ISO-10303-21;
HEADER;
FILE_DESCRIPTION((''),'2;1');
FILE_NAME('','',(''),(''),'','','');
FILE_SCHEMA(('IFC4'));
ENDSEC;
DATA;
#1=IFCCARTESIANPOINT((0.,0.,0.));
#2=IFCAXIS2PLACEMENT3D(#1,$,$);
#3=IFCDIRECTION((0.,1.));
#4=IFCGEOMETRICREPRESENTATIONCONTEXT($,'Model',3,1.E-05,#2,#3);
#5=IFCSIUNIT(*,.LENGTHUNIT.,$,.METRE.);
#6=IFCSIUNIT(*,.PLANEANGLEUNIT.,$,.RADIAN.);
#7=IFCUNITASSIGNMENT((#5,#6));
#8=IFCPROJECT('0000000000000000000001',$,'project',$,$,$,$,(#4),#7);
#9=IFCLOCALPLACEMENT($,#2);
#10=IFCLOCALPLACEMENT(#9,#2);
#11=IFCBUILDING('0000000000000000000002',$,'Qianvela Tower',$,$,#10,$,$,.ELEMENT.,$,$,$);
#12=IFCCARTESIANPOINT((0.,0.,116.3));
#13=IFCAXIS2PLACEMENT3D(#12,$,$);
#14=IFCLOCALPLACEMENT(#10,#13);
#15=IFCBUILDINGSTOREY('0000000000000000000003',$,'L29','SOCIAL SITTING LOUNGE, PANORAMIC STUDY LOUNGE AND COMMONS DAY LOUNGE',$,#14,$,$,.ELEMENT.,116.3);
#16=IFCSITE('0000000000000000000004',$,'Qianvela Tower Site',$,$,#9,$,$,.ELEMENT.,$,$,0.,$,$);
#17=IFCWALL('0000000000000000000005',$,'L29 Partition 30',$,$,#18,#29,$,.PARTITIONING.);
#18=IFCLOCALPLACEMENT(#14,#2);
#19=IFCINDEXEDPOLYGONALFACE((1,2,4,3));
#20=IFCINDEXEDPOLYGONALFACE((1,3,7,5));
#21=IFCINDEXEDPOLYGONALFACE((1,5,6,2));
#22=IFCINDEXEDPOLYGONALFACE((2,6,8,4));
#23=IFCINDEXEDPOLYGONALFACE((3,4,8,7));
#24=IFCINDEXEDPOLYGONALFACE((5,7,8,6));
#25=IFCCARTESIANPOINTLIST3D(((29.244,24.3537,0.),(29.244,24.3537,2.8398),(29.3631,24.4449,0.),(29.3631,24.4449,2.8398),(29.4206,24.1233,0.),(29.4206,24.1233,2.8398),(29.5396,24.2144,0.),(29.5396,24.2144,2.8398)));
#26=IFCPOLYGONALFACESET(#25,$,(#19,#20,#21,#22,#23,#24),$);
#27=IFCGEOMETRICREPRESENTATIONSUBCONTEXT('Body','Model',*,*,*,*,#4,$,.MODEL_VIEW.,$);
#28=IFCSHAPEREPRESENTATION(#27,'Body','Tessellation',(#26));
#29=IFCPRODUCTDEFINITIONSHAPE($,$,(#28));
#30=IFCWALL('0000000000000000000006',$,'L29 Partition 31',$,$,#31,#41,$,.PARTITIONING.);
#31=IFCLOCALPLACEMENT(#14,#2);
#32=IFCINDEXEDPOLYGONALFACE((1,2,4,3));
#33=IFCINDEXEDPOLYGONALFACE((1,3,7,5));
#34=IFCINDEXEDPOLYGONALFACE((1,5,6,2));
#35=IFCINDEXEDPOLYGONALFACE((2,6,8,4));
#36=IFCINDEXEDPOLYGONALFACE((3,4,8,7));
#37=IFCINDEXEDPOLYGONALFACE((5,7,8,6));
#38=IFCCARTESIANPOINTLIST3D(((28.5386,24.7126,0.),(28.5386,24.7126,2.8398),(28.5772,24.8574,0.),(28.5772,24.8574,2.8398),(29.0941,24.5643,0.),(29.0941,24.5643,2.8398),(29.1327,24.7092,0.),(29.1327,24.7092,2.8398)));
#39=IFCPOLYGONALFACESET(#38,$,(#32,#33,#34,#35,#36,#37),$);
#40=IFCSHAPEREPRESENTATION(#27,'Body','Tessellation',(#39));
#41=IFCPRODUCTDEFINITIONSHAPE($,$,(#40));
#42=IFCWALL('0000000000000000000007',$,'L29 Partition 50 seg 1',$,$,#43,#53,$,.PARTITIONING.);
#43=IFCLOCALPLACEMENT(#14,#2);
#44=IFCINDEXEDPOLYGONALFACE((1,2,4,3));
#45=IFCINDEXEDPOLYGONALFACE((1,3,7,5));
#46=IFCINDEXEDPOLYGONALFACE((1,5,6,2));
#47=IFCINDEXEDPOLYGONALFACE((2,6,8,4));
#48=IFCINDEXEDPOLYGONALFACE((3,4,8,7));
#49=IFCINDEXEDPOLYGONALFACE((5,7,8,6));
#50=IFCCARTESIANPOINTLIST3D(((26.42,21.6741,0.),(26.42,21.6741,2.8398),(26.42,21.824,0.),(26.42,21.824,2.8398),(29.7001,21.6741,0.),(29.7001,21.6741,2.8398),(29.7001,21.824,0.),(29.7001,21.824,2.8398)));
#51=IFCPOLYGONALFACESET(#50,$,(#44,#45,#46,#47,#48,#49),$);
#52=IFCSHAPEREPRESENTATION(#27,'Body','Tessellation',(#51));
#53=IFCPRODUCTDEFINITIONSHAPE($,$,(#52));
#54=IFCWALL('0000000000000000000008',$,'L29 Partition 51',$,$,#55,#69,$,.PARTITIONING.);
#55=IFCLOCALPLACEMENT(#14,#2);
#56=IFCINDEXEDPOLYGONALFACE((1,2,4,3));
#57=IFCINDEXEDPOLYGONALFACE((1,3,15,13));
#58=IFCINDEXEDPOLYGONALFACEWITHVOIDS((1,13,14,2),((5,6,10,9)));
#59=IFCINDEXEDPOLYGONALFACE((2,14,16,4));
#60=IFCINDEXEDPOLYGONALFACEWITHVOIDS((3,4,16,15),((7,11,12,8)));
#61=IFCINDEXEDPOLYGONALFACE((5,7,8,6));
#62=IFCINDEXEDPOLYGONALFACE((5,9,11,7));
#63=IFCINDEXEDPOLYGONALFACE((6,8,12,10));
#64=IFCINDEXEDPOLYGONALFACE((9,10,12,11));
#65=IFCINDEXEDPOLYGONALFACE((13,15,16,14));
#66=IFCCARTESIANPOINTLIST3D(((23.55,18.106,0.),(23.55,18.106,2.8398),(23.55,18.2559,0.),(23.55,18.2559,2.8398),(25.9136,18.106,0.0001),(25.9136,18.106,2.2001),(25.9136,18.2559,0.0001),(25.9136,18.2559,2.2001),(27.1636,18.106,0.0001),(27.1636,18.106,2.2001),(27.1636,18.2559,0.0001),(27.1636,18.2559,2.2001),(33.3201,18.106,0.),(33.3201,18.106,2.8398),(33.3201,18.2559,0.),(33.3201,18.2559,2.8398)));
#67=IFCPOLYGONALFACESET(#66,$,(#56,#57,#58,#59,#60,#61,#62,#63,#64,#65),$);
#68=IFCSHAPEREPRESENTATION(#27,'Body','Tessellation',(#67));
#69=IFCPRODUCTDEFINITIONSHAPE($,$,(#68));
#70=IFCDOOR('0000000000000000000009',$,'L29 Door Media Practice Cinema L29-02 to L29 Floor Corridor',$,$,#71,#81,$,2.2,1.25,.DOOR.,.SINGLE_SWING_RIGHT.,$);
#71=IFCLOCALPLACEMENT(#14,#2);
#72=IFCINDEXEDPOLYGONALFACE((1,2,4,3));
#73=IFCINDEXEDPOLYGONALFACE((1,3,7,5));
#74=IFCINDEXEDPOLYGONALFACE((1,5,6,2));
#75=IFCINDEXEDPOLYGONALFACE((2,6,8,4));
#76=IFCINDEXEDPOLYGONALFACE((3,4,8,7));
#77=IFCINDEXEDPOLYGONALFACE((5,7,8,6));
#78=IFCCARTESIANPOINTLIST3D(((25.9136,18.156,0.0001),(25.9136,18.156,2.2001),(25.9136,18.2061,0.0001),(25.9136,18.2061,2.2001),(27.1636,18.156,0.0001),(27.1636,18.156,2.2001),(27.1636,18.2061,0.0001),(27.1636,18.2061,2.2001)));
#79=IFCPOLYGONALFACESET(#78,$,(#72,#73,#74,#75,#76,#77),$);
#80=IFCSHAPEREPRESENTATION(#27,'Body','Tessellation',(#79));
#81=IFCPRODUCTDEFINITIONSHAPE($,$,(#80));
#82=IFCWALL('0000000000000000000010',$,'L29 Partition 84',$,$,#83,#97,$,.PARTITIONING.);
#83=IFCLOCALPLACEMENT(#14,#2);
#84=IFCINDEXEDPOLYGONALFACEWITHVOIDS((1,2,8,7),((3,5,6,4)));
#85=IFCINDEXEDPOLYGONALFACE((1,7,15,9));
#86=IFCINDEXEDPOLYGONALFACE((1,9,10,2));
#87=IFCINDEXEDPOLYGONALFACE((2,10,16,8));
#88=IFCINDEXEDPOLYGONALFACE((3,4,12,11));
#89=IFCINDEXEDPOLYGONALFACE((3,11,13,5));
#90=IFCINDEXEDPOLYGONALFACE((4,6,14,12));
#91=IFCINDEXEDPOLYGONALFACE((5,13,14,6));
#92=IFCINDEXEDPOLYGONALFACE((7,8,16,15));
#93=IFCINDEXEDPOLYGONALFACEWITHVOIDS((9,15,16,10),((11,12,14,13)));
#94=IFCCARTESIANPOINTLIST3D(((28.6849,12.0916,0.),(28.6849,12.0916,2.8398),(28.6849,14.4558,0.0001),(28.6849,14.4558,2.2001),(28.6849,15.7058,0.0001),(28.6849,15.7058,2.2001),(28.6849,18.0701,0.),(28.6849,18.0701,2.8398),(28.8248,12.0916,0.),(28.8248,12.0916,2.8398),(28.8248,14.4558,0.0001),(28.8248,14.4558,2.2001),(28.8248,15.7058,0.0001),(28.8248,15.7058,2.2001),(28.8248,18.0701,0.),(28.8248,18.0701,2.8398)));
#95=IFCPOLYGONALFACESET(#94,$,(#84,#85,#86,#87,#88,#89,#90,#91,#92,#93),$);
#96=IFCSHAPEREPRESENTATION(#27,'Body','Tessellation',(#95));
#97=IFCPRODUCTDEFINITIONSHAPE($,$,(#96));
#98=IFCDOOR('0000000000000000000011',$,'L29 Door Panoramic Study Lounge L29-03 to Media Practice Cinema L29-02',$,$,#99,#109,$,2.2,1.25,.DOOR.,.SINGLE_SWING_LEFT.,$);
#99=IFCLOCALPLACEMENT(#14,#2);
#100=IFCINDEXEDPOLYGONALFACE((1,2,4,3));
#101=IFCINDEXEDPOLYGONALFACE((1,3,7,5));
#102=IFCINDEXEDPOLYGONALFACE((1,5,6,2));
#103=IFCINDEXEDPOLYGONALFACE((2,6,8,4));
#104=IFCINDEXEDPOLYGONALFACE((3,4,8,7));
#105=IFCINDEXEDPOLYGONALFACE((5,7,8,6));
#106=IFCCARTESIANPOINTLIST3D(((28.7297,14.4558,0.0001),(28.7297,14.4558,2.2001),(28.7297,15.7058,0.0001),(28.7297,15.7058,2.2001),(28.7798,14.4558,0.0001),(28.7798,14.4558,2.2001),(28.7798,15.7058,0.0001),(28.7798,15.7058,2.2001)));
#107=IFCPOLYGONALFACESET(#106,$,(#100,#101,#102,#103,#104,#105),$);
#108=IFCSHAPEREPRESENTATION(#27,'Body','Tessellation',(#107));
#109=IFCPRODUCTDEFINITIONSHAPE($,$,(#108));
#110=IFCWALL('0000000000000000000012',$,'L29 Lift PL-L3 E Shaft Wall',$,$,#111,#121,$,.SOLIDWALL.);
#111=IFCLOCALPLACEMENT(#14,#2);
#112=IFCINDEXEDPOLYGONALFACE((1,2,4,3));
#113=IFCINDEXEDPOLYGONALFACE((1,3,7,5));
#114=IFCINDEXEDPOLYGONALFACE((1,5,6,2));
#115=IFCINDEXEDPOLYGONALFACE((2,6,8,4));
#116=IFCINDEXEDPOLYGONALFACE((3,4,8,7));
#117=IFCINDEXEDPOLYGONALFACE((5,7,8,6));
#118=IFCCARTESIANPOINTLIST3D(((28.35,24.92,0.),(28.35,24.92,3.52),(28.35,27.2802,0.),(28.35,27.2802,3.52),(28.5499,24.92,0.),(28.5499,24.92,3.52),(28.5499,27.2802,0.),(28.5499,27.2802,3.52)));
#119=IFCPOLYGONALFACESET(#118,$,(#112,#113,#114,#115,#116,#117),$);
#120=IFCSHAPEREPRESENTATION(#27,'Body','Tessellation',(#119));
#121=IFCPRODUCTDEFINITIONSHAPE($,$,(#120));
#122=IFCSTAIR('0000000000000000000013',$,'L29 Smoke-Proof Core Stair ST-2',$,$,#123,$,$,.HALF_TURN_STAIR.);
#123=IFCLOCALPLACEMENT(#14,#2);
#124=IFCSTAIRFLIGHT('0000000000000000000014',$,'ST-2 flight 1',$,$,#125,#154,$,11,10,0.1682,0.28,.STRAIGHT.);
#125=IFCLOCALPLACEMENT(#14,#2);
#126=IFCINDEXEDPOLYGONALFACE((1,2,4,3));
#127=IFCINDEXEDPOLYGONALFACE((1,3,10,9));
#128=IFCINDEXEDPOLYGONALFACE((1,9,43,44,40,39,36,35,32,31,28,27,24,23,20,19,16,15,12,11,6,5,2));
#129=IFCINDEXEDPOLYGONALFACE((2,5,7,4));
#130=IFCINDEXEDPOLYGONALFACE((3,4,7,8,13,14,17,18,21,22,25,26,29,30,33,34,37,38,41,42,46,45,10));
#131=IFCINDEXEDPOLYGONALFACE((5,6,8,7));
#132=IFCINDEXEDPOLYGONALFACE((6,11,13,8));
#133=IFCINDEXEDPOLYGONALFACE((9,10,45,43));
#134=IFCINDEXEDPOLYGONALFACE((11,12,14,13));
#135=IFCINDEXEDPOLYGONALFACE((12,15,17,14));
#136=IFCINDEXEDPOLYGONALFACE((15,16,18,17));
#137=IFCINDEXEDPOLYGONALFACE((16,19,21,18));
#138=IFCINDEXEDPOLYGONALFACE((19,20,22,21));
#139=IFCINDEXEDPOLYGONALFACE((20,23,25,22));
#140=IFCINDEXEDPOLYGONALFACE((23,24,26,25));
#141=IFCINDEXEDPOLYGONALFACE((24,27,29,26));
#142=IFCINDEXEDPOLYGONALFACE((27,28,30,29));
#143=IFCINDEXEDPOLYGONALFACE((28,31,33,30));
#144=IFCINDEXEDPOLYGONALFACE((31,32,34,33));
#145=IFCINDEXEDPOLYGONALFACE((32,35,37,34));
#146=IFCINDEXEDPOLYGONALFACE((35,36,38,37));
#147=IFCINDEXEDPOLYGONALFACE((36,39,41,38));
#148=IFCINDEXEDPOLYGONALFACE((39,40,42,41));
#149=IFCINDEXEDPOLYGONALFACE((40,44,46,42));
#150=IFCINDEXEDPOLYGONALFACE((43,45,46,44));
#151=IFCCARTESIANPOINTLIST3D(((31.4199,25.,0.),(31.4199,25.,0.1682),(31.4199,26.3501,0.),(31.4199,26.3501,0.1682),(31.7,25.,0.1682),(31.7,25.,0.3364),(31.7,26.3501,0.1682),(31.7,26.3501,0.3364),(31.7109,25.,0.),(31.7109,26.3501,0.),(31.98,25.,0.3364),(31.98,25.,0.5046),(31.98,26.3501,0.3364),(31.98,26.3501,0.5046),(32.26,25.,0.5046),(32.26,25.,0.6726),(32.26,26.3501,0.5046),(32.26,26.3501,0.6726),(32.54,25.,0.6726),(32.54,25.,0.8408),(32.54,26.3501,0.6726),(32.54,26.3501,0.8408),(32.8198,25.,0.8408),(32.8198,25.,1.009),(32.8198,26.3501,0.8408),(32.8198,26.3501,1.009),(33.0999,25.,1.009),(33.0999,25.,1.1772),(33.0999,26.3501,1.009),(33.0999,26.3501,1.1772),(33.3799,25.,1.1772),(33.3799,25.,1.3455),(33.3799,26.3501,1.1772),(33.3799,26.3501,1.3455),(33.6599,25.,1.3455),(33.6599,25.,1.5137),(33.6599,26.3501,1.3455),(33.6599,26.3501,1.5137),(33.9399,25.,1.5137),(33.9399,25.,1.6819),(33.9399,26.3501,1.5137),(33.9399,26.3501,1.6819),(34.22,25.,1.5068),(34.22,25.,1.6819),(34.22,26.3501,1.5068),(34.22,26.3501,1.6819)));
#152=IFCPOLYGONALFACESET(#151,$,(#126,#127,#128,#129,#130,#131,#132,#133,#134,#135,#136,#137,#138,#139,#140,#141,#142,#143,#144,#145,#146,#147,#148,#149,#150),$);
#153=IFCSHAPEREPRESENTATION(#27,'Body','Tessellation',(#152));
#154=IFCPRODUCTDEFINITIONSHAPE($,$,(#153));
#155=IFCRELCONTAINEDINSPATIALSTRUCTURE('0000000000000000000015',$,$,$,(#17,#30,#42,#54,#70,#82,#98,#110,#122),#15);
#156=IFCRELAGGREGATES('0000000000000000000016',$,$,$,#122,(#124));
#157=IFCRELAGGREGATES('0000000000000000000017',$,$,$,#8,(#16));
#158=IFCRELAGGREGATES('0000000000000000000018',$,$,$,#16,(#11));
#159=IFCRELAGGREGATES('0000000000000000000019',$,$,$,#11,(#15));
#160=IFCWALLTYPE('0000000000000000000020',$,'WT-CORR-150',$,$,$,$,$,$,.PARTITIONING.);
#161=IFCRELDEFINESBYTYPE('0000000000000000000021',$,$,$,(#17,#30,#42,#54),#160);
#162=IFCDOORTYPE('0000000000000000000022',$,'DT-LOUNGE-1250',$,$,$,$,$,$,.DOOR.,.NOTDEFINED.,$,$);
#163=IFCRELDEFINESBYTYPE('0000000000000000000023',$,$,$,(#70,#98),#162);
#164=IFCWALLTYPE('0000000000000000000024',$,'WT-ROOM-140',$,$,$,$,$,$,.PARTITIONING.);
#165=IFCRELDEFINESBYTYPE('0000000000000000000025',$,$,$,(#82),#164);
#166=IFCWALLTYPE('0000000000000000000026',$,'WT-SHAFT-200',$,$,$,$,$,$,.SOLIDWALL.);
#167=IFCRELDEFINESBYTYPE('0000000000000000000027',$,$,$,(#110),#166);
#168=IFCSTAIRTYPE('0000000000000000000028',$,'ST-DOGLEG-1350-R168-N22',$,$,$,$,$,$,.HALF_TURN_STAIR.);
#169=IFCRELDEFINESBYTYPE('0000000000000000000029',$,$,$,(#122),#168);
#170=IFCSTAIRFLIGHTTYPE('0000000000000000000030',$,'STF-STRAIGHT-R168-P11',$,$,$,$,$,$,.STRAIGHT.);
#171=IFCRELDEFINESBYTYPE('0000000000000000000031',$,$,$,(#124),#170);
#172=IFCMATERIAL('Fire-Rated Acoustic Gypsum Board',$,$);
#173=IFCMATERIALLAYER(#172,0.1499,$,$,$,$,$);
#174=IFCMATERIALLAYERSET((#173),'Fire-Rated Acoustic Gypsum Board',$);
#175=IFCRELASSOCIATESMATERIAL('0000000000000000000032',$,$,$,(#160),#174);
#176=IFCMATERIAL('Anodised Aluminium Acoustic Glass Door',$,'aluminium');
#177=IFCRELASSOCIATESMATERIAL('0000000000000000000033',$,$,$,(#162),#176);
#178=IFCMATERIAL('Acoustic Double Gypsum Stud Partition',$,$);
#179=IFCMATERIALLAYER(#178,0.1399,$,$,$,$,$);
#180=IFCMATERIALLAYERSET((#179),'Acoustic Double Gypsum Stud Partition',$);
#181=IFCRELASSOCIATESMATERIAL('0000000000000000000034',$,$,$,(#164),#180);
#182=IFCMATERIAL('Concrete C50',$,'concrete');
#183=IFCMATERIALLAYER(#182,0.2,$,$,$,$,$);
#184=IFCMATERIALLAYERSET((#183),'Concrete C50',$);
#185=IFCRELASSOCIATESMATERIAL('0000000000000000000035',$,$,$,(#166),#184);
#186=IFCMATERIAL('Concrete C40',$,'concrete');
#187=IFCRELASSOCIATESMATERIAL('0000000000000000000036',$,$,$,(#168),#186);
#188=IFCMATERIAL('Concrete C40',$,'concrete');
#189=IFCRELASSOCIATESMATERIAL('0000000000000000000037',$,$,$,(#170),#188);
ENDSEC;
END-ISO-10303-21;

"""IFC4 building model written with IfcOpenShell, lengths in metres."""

from ifc_helpers import new_model, si_unit, direction, frame, frame_2d, origin, place, context, subcontext, project, spatial, polyline, rectangle, outline, extrude, material, layer, layer_set, type_object, element, fill, aggregate, save


model = new_model("IFC4")

# Units and contexts
model_context = context("Model", 3, precision=1e-05, world=origin(), true_north=direction((0.0, 1.0)))
body_context = subcontext(model_context, "Body", "Model", "MODEL_VIEW")
ifc_project = project(units=[si_unit("LENGTHUNIT", "METRE"), si_unit("PLANEANGLEUNIT", "RADIAN")], contexts=[model_context])

# Site, building, storey
site_placement = place(None, origin())
site = spatial("IfcSite", under=ifc_project, at=site_placement, Name="Qianvela Tower Site", CompositionType="ELEMENT", RefElevation=0.0)
building_placement = place(site_placement, origin())
building = spatial("IfcBuilding", under=site, at=building_placement, Name="Qianvela Tower", CompositionType="ELEMENT")
storey_placement = place(building_placement, frame((0.0, 0.0, 116.3)))
storey = spatial("IfcBuildingStorey", under=building, at=storey_placement, Name="L29", Description="SOCIAL SITTING LOUNGE, PANORAMIC STUDY LOUNGE AND COMMONS DAY LOUNGE", CompositionType="ELEMENT", Elevation=116.3)

# Shared definitions
ifc_material_1 = material(Name="Fire-Rated Acoustic Gypsum Board")
ifc_layer_1 = layer(ifc_material_1, 0.1499)
ifc_layer_set_1 = layer_set([ifc_layer_1], Name="Fire-Rated Acoustic Gypsum Board")
wall_type_1 = type_object("IfcWallType", Name="WT-CORR-150", PredefinedType="PARTITIONING", material=ifc_layer_set_1)

# Walls
wall_1_placement = place(storey_placement, frame((29.48, 24.1689, 0.0), z_axis=(0.0, 0.0, 1.0), x_axis=(-0.608043, 0.793904, 0.0)))
element("IfcWall", 1, at=wall_1_placement, inside=storey, type_object=wall_type_1, Name="L29 Partition 30", PredefinedType="PARTITIONING", context=body_context, shape_type="SweptSolid", body=[
    extrude(rectangle(XDim=0.2903, YDim=0.1499, at=frame_2d((0.145, 0.0))), origin(), (0.0, 0.0, 1.0), 2.8398),
])
wall_2_placement = place(storey_placement, frame((29.1135, 24.6367, 0.0), z_axis=(0.0, 0.0, 1.0), x_axis=(-0.9662, 0.257795, 0.0)))
element("IfcWall", 2, at=wall_2_placement, inside=storey, type_object=wall_type_1, Name="L29 Partition 31", PredefinedType="PARTITIONING", context=body_context, shape_type="SweptSolid", body=[
    extrude(rectangle(XDim=0.575, YDim=0.1499, at=frame_2d((0.2876, 0.0))), origin(), (0.0, 0.0, 1.0), 2.8398),
])
wall_3_placement = place(storey_placement, frame((26.4199, 21.749, 0.0), z_axis=(0.0, 0.0, 1.0), x_axis=(1.0, 0.0, 0.0)))
element("IfcWall", 3, at=wall_3_placement, inside=storey, type_object=wall_type_1, Name="L29 Partition 50 seg 1", PredefinedType="PARTITIONING", context=body_context, shape_type="SweptSolid", body=[
    extrude(rectangle(XDim=3.28, YDim=0.1499, at=frame_2d((1.6401, 0.0))), origin(), (0.0, 0.0, 1.0), 2.8398),
])

# Walls, openings, doors
wall_4_placement = place(storey_placement, frame((33.3201, 18.1809, 0.0), z_axis=(0.0, 0.0, 1.0), x_axis=(-1.0, 0.0, 0.0)))
wall_4 = element("IfcWall", 4, at=wall_4_placement, inside=storey, type_object=wall_type_1, Name="L29 Partition 51", PredefinedType="PARTITIONING", context=body_context, shape_type="SweptSolid", body=[
    extrude(rectangle(XDim=9.77, YDim=0.1499, at=frame_2d((4.885, 0.0))), origin(), (0.0, 0.0, 1.0), 2.8398),
])
opening_1_placement = place(wall_4_placement, frame((6.1565, 0.0, 0.0)))
opening_1 = element("IfcOpeningElement", 5, at=opening_1_placement, cuts=wall_4, PredefinedType="OPENING", context=body_context, shape_type="SweptSolid", body=[
    extrude(rectangle(XDim=1.25, YDim=2.2, at=frame_2d((0.625, 1.1001))), frame((0.0, 0.085, 0.0), z_axis=(0.0, -1.0, 0.0), x_axis=(1.0, 0.0, 0.0)), (0.0, 0.0, 1.0), 0.1699),
])
ifc_material_2 = material(Name="Anodised Aluminium Acoustic Glass Door", Category="aluminium")
door_type_1 = type_object("IfcDoorType", Name="DT-LOUNGE-1250", OperationType="NOTDEFINED", PredefinedType="DOOR", material=ifc_material_2)
door_1_placement = place(opening_1_placement, origin())
door_1 = element("IfcDoor", 6, at=door_1_placement, inside=storey, type_object=door_type_1, Name="L29 Door Media Practice Cinema L29-02 to L29 Floor Corridor", OperationType="SINGLE_SWING_RIGHT", OverallHeight=2.2, OverallWidth=1.25, PredefinedType="DOOR", context=body_context, shape_type="SweptSolid", body=[
    extrude(rectangle(XDim=1.25, YDim=2.2, at=frame_2d((0.625, 1.1001))), frame((0.0, 0.0249, 0.0), z_axis=(0.0, -1.0, 0.0), x_axis=(1.0, 0.0, 0.0)), (0.0, 0.0, 1.0), 0.05),
])
fill(opening_1, door_1)
ifc_material_3 = material(Name="Acoustic Double Gypsum Stud Partition")
ifc_layer_2 = layer(ifc_material_3, 0.1399)
ifc_layer_set_2 = layer_set([ifc_layer_2], Name="Acoustic Double Gypsum Stud Partition")
wall_type_2 = type_object("IfcWallType", Name="WT-ROOM-140", PredefinedType="PARTITIONING", material=ifc_layer_set_2)
wall_5_placement = place(storey_placement, frame((28.7549, 18.0701, 0.0), z_axis=(0.0, 0.0, 1.0), x_axis=(0.0, -1.0, 0.0)))
wall_5 = element("IfcWall", 7, at=wall_5_placement, inside=storey, type_object=wall_type_2, Name="L29 Partition 84", PredefinedType="PARTITIONING", context=body_context, shape_type="SweptSolid", body=[
    extrude(rectangle(XDim=5.9785, YDim=0.1399, at=frame_2d((2.9893, 0.0))), origin(), (0.0, 0.0, 1.0), 2.8398),
])
opening_2_placement = place(wall_5_placement, frame((2.3643, 0.0, 0.0)))
opening_2 = element("IfcOpeningElement", 8, at=opening_2_placement, cuts=wall_5, PredefinedType="OPENING", context=body_context, shape_type="SweptSolid", body=[
    extrude(rectangle(XDim=1.25, YDim=2.2, at=frame_2d((0.625, 1.1001))), frame((0.0, 0.0798, 0.0), z_axis=(0.0, -1.0, 0.0), x_axis=(1.0, 0.0, 0.0)), (0.0, 0.0, 1.0), 0.1599),
])
door_2_placement = place(opening_2_placement, origin())
door_2 = element("IfcDoor", 9, at=door_2_placement, inside=storey, type_object=door_type_1, Name="L29 Door Panoramic Study Lounge L29-03 to Media Practice Cinema L29-02", OperationType="SINGLE_SWING_LEFT", OverallHeight=2.2, OverallWidth=1.25, PredefinedType="DOOR", context=body_context, shape_type="SweptSolid", body=[
    extrude(rectangle(XDim=1.25, YDim=2.2, at=frame_2d((0.625, 1.1001))), frame((0.0, 0.0249, 0.0), z_axis=(0.0, -1.0, 0.0), x_axis=(1.0, 0.0, 0.0)), (0.0, 0.0, 1.0), 0.05),
])
fill(opening_2, door_2)

# Wall
ifc_material_4 = material(Name="Concrete C50", Category="concrete")
ifc_layer_3 = layer(ifc_material_4, 0.2)
ifc_layer_set_3 = layer_set([ifc_layer_3], Name="Concrete C50")
wall_type_3 = type_object("IfcWallType", Name="WT-SHAFT-200", PredefinedType="SOLIDWALL", material=ifc_layer_set_3)
wall_6_placement = place(storey_placement, frame((28.45, 24.9199, 0.0), z_axis=(0.0, 0.0, 1.0), x_axis=(0.0, 1.0, 0.0)))
element("IfcWall", 10, at=wall_6_placement, inside=storey, type_object=wall_type_3, Name="L29 Lift PL-L3 E Shaft Wall", PredefinedType="SOLIDWALL", context=body_context, shape_type="SweptSolid", body=[
    extrude(rectangle(XDim=2.3601, YDim=0.2, at=frame_2d((1.1802, 0.0))), origin(), (0.0, 0.0, 1.0), 3.52),
])

# Stair, stair flight
ifc_material_5 = material(Name="Concrete C40", Category="concrete")
stair_type = type_object("IfcStairType", Name="ST-DOGLEG-1350-R168-N22", PredefinedType="HALF_TURN_STAIR", material=ifc_material_5)
stair_placement = place(storey_placement, origin())
stair = element("IfcStair", 11, at=stair_placement, inside=storey, type_object=stair_type, Name="L29 Smoke-Proof Core Stair ST-2", PredefinedType="HALF_TURN_STAIR")
ifc_material_6 = material(Name="Concrete C40", Category="concrete")
stair_flight_type = type_object("IfcStairFlightType", Name="STF-STRAIGHT-R168-P11", PredefinedType="STRAIGHT", material=ifc_material_6)
stair_flight_placement = place(storey_placement, frame((31.4199, 25.675, 0.0), z_axis=(0.0, 0.0, 1.0), x_axis=(1.0, 0.0, 0.0)))
stair_flight = element("IfcStairFlight", 12, at=stair_flight_placement, type_object=stair_flight_type, Name="ST-2 flight 1", NumberOfRisers=11, NumberOfTreads=10, PredefinedType="STRAIGHT", RiserHeight=0.1682, TreadLength=0.28, context=body_context, shape_type="SweptSolid", body=[
    extrude(outline(polyline([(0.0, 0.0), (0.0, 0.1682), (0.28, 0.1682), (0.28, 0.3364), (0.5601, 0.3364), (0.5601, 0.5046), (0.8401, 0.5046), (0.8401, 0.6726), (1.1201, 0.6726), (1.1201, 0.8408), (1.3999, 0.8408), (1.3999, 1.009), (1.6799, 1.009), (1.6799, 1.1772), (1.96, 1.1772), (1.96, 1.3455), (2.24, 1.3455), (2.24, 1.5137), (2.52, 1.5137), (2.52, 1.6819), (2.8, 1.6819), (2.8, 1.8501), (2.8, 1.5068), (0.291, 0.0), (0.0, 0.0)])), frame((0.0, 0.675, 0.0), z_axis=(0.0, -1.0, 0.0), x_axis=(1.0, 0.0, 0.0)), (0.0, 0.0, 1.0), 1.3501),
])
aggregate(stair, [stair_flight])

save(model, "model.ifc")
